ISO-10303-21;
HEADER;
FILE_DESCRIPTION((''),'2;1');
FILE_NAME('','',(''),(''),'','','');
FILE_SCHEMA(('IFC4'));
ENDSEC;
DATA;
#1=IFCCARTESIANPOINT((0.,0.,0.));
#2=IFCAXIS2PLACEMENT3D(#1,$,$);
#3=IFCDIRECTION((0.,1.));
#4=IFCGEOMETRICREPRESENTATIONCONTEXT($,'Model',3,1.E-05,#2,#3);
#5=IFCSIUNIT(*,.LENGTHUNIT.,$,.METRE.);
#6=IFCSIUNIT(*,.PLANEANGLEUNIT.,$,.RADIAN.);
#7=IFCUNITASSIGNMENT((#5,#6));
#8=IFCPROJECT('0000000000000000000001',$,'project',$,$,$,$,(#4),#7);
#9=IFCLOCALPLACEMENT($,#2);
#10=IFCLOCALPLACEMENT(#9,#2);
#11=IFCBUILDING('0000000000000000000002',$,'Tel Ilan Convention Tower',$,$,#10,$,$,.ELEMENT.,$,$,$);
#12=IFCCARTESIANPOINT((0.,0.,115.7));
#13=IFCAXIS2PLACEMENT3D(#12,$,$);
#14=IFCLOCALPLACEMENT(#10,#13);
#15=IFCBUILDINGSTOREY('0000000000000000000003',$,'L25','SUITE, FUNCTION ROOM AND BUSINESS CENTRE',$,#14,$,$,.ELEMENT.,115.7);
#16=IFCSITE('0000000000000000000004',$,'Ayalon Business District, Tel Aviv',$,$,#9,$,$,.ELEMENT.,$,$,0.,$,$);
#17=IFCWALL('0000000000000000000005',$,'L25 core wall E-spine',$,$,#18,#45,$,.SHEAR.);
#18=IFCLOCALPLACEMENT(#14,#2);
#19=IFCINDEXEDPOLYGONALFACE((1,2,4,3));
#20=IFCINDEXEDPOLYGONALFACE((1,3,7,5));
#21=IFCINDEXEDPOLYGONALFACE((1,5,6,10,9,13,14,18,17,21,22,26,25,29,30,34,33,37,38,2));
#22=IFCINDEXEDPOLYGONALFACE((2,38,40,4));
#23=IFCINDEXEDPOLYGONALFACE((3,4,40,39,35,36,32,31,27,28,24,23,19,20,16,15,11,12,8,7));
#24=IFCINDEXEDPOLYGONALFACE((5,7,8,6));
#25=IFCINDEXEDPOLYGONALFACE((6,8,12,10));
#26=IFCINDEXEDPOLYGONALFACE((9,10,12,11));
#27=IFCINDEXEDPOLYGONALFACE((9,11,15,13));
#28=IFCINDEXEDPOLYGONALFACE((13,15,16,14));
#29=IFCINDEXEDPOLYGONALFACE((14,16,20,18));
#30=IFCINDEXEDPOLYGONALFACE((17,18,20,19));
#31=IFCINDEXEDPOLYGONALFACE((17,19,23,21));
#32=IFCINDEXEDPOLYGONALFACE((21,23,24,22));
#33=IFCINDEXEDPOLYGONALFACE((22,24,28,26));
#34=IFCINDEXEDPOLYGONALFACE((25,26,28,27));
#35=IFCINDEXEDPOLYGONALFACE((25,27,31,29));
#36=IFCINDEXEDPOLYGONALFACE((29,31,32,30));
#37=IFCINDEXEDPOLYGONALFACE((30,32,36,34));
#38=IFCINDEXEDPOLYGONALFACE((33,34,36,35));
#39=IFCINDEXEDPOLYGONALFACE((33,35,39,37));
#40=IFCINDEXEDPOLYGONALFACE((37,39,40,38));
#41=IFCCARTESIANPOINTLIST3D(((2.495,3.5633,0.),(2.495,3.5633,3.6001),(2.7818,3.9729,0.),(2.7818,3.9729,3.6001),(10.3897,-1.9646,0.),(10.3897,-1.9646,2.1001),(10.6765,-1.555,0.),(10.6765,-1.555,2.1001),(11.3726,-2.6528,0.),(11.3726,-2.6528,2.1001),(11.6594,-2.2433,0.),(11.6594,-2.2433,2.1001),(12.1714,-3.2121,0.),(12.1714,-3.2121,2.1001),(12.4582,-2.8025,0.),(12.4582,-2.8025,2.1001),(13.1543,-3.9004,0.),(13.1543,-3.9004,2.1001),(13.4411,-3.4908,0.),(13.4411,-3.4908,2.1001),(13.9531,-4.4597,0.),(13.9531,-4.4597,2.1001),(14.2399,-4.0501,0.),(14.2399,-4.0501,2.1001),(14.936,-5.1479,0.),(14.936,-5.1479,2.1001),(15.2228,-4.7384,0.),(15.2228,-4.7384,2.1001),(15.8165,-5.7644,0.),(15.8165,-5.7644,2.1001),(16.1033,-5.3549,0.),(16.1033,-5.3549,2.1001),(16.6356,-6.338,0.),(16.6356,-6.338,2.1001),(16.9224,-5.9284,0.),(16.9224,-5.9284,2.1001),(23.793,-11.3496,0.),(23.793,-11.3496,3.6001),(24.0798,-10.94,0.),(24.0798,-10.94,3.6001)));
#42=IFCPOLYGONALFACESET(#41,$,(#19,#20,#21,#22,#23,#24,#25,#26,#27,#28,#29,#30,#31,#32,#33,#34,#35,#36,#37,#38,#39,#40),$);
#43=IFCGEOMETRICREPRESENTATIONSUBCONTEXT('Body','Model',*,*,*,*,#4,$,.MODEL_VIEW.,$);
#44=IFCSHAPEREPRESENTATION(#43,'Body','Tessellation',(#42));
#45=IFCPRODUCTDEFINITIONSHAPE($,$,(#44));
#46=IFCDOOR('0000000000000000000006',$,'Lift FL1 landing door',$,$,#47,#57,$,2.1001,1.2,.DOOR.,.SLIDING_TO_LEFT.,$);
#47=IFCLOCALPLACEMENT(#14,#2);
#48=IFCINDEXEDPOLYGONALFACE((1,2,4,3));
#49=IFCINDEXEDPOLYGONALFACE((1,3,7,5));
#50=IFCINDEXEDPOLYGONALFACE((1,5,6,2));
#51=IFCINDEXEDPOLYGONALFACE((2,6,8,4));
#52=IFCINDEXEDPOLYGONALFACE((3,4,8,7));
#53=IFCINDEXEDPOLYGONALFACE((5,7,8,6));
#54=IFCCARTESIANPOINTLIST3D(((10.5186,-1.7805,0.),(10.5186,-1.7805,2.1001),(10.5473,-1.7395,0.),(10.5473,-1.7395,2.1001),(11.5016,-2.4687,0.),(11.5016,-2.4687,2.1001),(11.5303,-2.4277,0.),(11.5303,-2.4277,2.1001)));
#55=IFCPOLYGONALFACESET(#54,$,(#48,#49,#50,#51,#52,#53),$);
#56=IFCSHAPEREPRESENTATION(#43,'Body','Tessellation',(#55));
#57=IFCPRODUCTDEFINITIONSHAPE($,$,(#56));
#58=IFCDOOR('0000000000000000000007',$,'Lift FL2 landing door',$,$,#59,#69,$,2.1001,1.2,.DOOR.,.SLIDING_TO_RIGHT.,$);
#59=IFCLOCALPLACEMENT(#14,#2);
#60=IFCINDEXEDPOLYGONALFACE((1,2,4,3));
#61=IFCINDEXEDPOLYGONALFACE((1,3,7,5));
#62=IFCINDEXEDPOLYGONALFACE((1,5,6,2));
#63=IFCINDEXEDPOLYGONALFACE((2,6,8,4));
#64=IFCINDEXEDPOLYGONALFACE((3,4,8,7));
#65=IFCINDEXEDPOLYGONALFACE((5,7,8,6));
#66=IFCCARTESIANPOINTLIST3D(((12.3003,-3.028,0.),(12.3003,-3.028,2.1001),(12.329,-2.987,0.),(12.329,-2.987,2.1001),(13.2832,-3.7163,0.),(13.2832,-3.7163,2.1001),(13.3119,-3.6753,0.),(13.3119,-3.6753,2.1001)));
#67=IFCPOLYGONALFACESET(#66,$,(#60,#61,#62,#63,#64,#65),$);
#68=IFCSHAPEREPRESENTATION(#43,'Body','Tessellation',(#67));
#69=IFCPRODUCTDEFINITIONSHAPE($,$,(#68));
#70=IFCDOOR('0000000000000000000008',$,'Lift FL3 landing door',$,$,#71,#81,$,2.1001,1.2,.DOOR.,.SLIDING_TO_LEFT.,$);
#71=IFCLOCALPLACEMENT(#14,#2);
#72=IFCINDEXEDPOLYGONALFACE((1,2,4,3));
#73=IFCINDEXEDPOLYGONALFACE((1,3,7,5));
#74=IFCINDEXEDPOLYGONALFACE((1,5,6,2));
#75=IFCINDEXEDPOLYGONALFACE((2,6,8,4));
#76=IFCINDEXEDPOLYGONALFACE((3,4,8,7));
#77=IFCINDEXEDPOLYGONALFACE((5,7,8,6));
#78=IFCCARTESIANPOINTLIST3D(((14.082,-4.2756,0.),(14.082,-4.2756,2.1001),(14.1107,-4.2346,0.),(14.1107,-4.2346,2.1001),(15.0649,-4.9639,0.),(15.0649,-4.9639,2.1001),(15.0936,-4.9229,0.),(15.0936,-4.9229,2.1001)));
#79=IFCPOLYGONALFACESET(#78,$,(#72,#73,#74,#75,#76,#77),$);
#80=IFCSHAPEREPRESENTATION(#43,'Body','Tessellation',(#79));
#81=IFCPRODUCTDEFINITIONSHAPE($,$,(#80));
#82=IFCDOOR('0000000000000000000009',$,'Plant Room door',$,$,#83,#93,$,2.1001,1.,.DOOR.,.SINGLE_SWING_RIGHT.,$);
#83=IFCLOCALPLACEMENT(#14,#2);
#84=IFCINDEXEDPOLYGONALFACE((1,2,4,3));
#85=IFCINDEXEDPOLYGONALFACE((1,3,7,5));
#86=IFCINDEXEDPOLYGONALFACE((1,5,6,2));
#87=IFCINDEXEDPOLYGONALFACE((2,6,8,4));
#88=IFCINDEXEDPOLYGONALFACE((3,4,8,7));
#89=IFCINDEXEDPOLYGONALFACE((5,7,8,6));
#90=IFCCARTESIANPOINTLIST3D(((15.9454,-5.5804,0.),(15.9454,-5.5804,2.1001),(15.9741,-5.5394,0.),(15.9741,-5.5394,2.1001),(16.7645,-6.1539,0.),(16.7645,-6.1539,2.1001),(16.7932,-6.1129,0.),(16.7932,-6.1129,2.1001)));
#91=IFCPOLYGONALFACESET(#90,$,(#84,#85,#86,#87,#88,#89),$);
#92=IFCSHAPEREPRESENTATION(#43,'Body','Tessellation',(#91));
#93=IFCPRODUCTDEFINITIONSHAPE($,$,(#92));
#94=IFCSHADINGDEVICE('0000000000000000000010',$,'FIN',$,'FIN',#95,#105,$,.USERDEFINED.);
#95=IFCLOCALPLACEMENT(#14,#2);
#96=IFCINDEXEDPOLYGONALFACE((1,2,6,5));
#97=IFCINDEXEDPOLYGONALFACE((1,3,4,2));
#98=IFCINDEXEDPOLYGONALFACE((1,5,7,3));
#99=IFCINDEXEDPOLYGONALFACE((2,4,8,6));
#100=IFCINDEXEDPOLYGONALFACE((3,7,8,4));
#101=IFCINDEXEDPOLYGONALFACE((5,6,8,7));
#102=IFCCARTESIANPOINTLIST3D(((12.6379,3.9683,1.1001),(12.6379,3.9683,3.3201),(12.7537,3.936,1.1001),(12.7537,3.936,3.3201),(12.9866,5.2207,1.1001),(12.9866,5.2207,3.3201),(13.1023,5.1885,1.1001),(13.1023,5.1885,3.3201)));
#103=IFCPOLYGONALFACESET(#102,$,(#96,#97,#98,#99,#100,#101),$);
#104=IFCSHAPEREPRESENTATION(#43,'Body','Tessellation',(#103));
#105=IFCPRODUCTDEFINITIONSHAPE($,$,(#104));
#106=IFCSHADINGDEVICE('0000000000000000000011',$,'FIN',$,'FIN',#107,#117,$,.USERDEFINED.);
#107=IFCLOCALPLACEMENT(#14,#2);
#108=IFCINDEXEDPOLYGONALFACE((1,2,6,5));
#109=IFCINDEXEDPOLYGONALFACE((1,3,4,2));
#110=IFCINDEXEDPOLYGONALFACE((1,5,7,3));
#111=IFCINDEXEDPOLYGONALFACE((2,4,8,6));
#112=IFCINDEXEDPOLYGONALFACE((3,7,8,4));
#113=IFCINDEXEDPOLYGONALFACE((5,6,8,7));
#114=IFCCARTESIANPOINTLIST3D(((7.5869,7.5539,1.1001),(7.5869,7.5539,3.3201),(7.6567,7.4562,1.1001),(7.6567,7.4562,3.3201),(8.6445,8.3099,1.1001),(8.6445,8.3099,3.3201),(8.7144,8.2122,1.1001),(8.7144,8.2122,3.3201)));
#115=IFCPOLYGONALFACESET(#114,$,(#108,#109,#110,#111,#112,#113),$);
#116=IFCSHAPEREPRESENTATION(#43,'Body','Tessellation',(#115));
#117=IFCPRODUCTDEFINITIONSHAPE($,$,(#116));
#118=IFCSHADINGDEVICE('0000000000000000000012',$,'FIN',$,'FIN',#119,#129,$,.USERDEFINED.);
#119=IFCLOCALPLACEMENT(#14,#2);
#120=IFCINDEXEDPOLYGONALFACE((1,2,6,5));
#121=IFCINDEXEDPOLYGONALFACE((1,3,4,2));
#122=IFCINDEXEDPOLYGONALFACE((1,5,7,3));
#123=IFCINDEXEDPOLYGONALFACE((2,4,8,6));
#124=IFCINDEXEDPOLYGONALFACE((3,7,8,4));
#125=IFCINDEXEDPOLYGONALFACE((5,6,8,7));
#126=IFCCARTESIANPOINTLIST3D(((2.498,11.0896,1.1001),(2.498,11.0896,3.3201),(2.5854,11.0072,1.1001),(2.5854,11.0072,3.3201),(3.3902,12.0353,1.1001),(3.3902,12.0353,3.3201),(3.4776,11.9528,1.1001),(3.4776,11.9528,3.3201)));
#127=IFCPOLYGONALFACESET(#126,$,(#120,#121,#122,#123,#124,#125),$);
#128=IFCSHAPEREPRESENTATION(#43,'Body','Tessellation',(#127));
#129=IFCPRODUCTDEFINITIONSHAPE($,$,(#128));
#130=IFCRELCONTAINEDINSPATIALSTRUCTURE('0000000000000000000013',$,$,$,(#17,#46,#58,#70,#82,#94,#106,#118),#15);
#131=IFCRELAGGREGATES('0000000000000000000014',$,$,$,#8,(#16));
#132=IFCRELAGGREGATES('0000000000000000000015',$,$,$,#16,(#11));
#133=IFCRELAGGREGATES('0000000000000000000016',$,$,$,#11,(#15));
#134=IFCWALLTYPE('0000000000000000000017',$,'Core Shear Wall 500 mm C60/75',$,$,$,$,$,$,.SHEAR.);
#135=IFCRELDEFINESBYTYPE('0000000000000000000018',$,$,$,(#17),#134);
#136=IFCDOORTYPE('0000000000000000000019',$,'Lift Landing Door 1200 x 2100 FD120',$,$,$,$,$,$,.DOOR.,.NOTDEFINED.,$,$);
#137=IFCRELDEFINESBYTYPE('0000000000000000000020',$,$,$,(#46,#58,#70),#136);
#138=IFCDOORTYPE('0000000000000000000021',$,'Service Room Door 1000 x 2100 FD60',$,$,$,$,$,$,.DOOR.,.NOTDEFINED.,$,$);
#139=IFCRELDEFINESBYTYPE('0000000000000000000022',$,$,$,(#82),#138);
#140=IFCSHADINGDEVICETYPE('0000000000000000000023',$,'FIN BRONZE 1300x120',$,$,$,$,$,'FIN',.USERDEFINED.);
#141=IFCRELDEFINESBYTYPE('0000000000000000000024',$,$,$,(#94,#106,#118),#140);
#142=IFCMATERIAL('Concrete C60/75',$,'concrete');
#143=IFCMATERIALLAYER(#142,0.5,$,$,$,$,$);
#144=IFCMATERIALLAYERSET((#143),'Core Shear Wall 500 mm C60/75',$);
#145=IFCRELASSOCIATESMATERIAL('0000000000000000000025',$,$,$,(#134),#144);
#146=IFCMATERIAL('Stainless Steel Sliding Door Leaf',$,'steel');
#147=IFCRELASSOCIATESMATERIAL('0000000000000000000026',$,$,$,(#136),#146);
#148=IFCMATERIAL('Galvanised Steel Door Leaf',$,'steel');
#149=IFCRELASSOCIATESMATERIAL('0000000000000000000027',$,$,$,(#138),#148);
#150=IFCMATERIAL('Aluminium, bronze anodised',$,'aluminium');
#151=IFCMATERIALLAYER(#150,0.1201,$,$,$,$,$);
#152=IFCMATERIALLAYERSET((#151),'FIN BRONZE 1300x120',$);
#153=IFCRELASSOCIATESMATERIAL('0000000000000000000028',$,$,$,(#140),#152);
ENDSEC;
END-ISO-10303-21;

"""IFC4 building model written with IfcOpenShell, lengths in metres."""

from ifc_helpers import new_model, si_unit, direction, frame, frame_2d, origin, origin_2d, place, context, subcontext, project, spatial, polyline, rectangle, outline, extrude, material, layer, layer_set, type_object, element, fill, save


model = new_model("IFC4")

# Units and contexts
model_context = context("Model", 3, precision=1e-05, world=origin(), true_north=direction((0.0, 1.0)))
body_context = subcontext(model_context, "Body", "Model", "MODEL_VIEW")
ifc_project = project(units=[si_unit("LENGTHUNIT", "METRE"), si_unit("PLANEANGLEUNIT", "RADIAN")], contexts=[model_context])

# Site, building, storey
site_placement = place(None, origin())
site = spatial("IfcSite", under=ifc_project, at=site_placement, Name="Ayalon Business District, Tel Aviv", CompositionType="ELEMENT", RefElevation=0.0)
building_placement = place(site_placement, origin())
building = spatial("IfcBuilding", under=site, at=building_placement, Name="Tel Ilan Convention Tower", CompositionType="ELEMENT")
storey_placement = place(building_placement, frame((0.0, 0.0, 115.7)))
storey = spatial("IfcBuildingStorey", under=building, at=storey_placement, Name="L25", Description="SUITE, FUNCTION ROOM AND BUSINESS CENTRE", CompositionType="ELEMENT", Elevation=115.7)

# Wall, openings, doors
ifc_material_1 = material(Name="Concrete C60/75", Category="concrete")
ifc_layer_1 = layer(ifc_material_1, 0.5)
ifc_layer_set_1 = layer_set([ifc_layer_1], Name="Core Shear Wall 500 mm C60/75")
wall_type_1 = type_object("IfcWallType", Name="Core Shear Wall 500 mm C60/75", PredefinedType="SHEAR", material=ifc_layer_set_1)
wall_1_placement = place(storey_placement, frame((2.6384, 3.7681, 0.0), z_axis=(0.0, 0.0, 1.0), x_axis=(0.819149, -0.573581, 0.0)))
wall_1 = element("IfcWall", 1, at=wall_1_placement, inside=storey, type_object=wall_type_1, Name="L25 core wall E-spine", PredefinedType="SHEAR", context=body_context, shape_type="SweptSolid", body=[
    extrude(outline(polyline([(0.0, 0.25), (0.0, -0.25), (26.0, -0.2498), (26.0, 0.2502), (0.0, 0.25)])), origin(), (0.0, 0.0, 1.0), 3.6001),
])
opening_1_placement = place(wall_1_placement, frame((9.6375, 0.0, 0.0)))
opening_1 = element("IfcOpeningElement", 2, at=opening_1_placement, cuts=wall_1, PredefinedType="OPENING", context=body_context, shape_type="SweptSolid", body=[
    extrude(rectangle(XDim=1.2, YDim=2.1001, at=frame_2d((0.6001, 1.05))), frame((0.0, 0.26, 0.0), z_axis=(0.0, -1.0, 0.0), x_axis=(1.0, 0.0, 0.0)), (0.0, 0.0, 1.0), 0.52),
])
opening_2_placement = place(wall_1_placement, frame((11.8125, 0.0, 0.0)))
opening_2 = element("IfcOpeningElement", 3, at=opening_2_placement, cuts=wall_1, PredefinedType="OPENING", context=body_context, shape_type="SweptSolid", body=[
    extrude(rectangle(XDim=1.2, YDim=2.1001, at=frame_2d((0.6001, 1.05))), frame((0.0, 0.26, 0.0), z_axis=(0.0, -1.0, 0.0), x_axis=(1.0, 0.0, 0.0)), (0.0, 0.0, 1.0), 0.52),
])
opening_3_placement = place(wall_1_placement, frame((13.9875, 0.0, 0.0)))
opening_3 = element("IfcOpeningElement", 4, at=opening_3_placement, cuts=wall_1, PredefinedType="OPENING", context=body_context, shape_type="SweptSolid", body=[
    extrude(rectangle(XDim=1.2, YDim=2.1001, at=frame_2d((0.6001, 1.05))), frame((0.0, 0.26, 0.0), z_axis=(0.0, -1.0, 0.0), x_axis=(1.0, 0.0, 0.0)), (0.0, 0.0, 1.0), 0.52),
])
opening_4_placement = place(wall_1_placement, frame((16.2625, 0.0, 0.0)))
opening_4 = element("IfcOpeningElement", 5, at=opening_4_placement, cuts=wall_1, PredefinedType="OPENING", context=body_context, shape_type="SweptSolid", body=[
    extrude(rectangle(XDim=1.0, YDim=2.1001, at=frame_2d((0.5, 1.05))), frame((0.0, 0.26, 0.0), z_axis=(0.0, -1.0, 0.0), x_axis=(1.0, 0.0, 0.0)), (0.0, 0.0, 1.0), 0.52),
])
ifc_material_2 = material(Name="Stainless Steel Sliding Door Leaf", Category="steel")
door_type_1 = type_object("IfcDoorType", Name="Lift Landing Door 1200 x 2100 FD120", OperationType="NOTDEFINED", PredefinedType="DOOR", material=ifc_material_2)
door_1_placement = place(opening_1_placement, origin())
door_1 = element("IfcDoor", 6, at=door_1_placement, inside=storey, type_object=door_type_1, Name="Lift FL1 landing door", OperationType="SLIDING_TO_LEFT", OverallHeight=2.1001, OverallWidth=1.2, PredefinedType="DOOR", context=body_context, shape_type="SweptSolid", body=[
    extrude(rectangle(XDim=1.2, YDim=2.1001, at=frame_2d((0.6001, 1.05))), frame((0.0, 0.0249, 0.0), z_axis=(0.0, -1.0, 0.0), x_axis=(1.0, 0.0, 0.0)), (0.0, 0.0, 1.0), 0.05),
])
fill(opening_1, door_1)
door_2_placement = place(opening_2_placement, origin())
door_2 = element("IfcDoor", 7, at=door_2_placement, inside=storey, type_object=door_type_1, Name="Lift FL2 landing door", OperationType="SLIDING_TO_RIGHT", OverallHeight=2.1001, OverallWidth=1.2, PredefinedType="DOOR", context=body_context, shape_type="SweptSolid", body=[
    extrude(rectangle(XDim=1.2, YDim=2.1001, at=frame_2d((0.6001, 1.05))), frame((0.0, 0.0249, 0.0), z_axis=(0.0, -1.0, 0.0), x_axis=(1.0, 0.0, 0.0)), (0.0, 0.0, 1.0), 0.05),
])
fill(opening_2, door_2)
door_3_placement = place(opening_3_placement, origin())
door_3 = element("IfcDoor", 8, at=door_3_placement, inside=storey, type_object=door_type_1, Name="Lift FL3 landing door", OperationType="SLIDING_TO_LEFT", OverallHeight=2.1001, OverallWidth=1.2, PredefinedType="DOOR", context=body_context, shape_type="SweptSolid", body=[
    extrude(rectangle(XDim=1.2, YDim=2.1001, at=frame_2d((0.6001, 1.05))), frame((0.0, 0.0249, 0.0), z_axis=(0.0, -1.0, 0.0), x_axis=(1.0, 0.0, 0.0)), (0.0, 0.0, 1.0), 0.05),
])
fill(opening_3, door_3)
ifc_material_3 = material(Name="Galvanised Steel Door Leaf", Category="steel")
door_type_2 = type_object("IfcDoorType", Name="Service Room Door 1000 x 2100 FD60", OperationType="NOTDEFINED", PredefinedType="DOOR", material=ifc_material_3)
door_4_placement = place(opening_4_placement, origin())
door_4 = element("IfcDoor", 9, at=door_4_placement, inside=storey, type_object=door_type_2, Name="Plant Room door", OperationType="SINGLE_SWING_RIGHT", OverallHeight=2.1001, OverallWidth=1.0, PredefinedType="DOOR", context=body_context, shape_type="SweptSolid", body=[
    extrude(rectangle(XDim=1.0, YDim=2.1001, at=frame_2d((0.5, 1.05))), frame((0.0, 0.0249, 0.0), z_axis=(0.0, -1.0, 0.0), x_axis=(1.0, 0.0, 0.0)), (0.0, 0.0, 1.0), 0.05),
])
fill(opening_4, door_4)

# Shading devices
ifc_material_4 = material(Name="Aluminium, bronze anodised", Category="aluminium")
ifc_layer_2 = layer(ifc_material_4, 0.1201)
ifc_layer_set_2 = layer_set([ifc_layer_2], Name="FIN BRONZE 1300x120")
shading_device_type = type_object("IfcShadingDeviceType", Name="FIN BRONZE 1300x120", ElementType="FIN", PredefinedType="USERDEFINED", material=ifc_layer_set_2)
for number, where, z_axis, x_axis, name in (
    (10, (12.8701, 4.5784, 1.1001), (0.0, 0.0, 1.0), (0.268173, 0.963371, 0.0), "FIN"),
    (11, (8.1506, 7.8831, 1.1001), (0.0, 0.0, 1.0), (0.813552, 0.581492, 0.0), "FIN"),
    (12, (2.9878, 11.5212, 1.1001), (0.0, 0.0, 1.0), (0.686242, 0.727374, 0.0), "FIN"),
):
    element("IfcShadingDevice", number, at=place(storey_placement, frame(where, z_axis=z_axis, x_axis=x_axis)), inside=storey, type_object=shading_device_type, Name=name, ObjectType="FIN", PredefinedType="USERDEFINED", context=body_context, shape_type="SweptSolid", body=[
        extrude(rectangle(XDim=1.3, YDim=0.1201, at=origin_2d()), origin(), (0.0, 0.0, 1.0), 2.22),
    ])

save(model, "model.ifc")
